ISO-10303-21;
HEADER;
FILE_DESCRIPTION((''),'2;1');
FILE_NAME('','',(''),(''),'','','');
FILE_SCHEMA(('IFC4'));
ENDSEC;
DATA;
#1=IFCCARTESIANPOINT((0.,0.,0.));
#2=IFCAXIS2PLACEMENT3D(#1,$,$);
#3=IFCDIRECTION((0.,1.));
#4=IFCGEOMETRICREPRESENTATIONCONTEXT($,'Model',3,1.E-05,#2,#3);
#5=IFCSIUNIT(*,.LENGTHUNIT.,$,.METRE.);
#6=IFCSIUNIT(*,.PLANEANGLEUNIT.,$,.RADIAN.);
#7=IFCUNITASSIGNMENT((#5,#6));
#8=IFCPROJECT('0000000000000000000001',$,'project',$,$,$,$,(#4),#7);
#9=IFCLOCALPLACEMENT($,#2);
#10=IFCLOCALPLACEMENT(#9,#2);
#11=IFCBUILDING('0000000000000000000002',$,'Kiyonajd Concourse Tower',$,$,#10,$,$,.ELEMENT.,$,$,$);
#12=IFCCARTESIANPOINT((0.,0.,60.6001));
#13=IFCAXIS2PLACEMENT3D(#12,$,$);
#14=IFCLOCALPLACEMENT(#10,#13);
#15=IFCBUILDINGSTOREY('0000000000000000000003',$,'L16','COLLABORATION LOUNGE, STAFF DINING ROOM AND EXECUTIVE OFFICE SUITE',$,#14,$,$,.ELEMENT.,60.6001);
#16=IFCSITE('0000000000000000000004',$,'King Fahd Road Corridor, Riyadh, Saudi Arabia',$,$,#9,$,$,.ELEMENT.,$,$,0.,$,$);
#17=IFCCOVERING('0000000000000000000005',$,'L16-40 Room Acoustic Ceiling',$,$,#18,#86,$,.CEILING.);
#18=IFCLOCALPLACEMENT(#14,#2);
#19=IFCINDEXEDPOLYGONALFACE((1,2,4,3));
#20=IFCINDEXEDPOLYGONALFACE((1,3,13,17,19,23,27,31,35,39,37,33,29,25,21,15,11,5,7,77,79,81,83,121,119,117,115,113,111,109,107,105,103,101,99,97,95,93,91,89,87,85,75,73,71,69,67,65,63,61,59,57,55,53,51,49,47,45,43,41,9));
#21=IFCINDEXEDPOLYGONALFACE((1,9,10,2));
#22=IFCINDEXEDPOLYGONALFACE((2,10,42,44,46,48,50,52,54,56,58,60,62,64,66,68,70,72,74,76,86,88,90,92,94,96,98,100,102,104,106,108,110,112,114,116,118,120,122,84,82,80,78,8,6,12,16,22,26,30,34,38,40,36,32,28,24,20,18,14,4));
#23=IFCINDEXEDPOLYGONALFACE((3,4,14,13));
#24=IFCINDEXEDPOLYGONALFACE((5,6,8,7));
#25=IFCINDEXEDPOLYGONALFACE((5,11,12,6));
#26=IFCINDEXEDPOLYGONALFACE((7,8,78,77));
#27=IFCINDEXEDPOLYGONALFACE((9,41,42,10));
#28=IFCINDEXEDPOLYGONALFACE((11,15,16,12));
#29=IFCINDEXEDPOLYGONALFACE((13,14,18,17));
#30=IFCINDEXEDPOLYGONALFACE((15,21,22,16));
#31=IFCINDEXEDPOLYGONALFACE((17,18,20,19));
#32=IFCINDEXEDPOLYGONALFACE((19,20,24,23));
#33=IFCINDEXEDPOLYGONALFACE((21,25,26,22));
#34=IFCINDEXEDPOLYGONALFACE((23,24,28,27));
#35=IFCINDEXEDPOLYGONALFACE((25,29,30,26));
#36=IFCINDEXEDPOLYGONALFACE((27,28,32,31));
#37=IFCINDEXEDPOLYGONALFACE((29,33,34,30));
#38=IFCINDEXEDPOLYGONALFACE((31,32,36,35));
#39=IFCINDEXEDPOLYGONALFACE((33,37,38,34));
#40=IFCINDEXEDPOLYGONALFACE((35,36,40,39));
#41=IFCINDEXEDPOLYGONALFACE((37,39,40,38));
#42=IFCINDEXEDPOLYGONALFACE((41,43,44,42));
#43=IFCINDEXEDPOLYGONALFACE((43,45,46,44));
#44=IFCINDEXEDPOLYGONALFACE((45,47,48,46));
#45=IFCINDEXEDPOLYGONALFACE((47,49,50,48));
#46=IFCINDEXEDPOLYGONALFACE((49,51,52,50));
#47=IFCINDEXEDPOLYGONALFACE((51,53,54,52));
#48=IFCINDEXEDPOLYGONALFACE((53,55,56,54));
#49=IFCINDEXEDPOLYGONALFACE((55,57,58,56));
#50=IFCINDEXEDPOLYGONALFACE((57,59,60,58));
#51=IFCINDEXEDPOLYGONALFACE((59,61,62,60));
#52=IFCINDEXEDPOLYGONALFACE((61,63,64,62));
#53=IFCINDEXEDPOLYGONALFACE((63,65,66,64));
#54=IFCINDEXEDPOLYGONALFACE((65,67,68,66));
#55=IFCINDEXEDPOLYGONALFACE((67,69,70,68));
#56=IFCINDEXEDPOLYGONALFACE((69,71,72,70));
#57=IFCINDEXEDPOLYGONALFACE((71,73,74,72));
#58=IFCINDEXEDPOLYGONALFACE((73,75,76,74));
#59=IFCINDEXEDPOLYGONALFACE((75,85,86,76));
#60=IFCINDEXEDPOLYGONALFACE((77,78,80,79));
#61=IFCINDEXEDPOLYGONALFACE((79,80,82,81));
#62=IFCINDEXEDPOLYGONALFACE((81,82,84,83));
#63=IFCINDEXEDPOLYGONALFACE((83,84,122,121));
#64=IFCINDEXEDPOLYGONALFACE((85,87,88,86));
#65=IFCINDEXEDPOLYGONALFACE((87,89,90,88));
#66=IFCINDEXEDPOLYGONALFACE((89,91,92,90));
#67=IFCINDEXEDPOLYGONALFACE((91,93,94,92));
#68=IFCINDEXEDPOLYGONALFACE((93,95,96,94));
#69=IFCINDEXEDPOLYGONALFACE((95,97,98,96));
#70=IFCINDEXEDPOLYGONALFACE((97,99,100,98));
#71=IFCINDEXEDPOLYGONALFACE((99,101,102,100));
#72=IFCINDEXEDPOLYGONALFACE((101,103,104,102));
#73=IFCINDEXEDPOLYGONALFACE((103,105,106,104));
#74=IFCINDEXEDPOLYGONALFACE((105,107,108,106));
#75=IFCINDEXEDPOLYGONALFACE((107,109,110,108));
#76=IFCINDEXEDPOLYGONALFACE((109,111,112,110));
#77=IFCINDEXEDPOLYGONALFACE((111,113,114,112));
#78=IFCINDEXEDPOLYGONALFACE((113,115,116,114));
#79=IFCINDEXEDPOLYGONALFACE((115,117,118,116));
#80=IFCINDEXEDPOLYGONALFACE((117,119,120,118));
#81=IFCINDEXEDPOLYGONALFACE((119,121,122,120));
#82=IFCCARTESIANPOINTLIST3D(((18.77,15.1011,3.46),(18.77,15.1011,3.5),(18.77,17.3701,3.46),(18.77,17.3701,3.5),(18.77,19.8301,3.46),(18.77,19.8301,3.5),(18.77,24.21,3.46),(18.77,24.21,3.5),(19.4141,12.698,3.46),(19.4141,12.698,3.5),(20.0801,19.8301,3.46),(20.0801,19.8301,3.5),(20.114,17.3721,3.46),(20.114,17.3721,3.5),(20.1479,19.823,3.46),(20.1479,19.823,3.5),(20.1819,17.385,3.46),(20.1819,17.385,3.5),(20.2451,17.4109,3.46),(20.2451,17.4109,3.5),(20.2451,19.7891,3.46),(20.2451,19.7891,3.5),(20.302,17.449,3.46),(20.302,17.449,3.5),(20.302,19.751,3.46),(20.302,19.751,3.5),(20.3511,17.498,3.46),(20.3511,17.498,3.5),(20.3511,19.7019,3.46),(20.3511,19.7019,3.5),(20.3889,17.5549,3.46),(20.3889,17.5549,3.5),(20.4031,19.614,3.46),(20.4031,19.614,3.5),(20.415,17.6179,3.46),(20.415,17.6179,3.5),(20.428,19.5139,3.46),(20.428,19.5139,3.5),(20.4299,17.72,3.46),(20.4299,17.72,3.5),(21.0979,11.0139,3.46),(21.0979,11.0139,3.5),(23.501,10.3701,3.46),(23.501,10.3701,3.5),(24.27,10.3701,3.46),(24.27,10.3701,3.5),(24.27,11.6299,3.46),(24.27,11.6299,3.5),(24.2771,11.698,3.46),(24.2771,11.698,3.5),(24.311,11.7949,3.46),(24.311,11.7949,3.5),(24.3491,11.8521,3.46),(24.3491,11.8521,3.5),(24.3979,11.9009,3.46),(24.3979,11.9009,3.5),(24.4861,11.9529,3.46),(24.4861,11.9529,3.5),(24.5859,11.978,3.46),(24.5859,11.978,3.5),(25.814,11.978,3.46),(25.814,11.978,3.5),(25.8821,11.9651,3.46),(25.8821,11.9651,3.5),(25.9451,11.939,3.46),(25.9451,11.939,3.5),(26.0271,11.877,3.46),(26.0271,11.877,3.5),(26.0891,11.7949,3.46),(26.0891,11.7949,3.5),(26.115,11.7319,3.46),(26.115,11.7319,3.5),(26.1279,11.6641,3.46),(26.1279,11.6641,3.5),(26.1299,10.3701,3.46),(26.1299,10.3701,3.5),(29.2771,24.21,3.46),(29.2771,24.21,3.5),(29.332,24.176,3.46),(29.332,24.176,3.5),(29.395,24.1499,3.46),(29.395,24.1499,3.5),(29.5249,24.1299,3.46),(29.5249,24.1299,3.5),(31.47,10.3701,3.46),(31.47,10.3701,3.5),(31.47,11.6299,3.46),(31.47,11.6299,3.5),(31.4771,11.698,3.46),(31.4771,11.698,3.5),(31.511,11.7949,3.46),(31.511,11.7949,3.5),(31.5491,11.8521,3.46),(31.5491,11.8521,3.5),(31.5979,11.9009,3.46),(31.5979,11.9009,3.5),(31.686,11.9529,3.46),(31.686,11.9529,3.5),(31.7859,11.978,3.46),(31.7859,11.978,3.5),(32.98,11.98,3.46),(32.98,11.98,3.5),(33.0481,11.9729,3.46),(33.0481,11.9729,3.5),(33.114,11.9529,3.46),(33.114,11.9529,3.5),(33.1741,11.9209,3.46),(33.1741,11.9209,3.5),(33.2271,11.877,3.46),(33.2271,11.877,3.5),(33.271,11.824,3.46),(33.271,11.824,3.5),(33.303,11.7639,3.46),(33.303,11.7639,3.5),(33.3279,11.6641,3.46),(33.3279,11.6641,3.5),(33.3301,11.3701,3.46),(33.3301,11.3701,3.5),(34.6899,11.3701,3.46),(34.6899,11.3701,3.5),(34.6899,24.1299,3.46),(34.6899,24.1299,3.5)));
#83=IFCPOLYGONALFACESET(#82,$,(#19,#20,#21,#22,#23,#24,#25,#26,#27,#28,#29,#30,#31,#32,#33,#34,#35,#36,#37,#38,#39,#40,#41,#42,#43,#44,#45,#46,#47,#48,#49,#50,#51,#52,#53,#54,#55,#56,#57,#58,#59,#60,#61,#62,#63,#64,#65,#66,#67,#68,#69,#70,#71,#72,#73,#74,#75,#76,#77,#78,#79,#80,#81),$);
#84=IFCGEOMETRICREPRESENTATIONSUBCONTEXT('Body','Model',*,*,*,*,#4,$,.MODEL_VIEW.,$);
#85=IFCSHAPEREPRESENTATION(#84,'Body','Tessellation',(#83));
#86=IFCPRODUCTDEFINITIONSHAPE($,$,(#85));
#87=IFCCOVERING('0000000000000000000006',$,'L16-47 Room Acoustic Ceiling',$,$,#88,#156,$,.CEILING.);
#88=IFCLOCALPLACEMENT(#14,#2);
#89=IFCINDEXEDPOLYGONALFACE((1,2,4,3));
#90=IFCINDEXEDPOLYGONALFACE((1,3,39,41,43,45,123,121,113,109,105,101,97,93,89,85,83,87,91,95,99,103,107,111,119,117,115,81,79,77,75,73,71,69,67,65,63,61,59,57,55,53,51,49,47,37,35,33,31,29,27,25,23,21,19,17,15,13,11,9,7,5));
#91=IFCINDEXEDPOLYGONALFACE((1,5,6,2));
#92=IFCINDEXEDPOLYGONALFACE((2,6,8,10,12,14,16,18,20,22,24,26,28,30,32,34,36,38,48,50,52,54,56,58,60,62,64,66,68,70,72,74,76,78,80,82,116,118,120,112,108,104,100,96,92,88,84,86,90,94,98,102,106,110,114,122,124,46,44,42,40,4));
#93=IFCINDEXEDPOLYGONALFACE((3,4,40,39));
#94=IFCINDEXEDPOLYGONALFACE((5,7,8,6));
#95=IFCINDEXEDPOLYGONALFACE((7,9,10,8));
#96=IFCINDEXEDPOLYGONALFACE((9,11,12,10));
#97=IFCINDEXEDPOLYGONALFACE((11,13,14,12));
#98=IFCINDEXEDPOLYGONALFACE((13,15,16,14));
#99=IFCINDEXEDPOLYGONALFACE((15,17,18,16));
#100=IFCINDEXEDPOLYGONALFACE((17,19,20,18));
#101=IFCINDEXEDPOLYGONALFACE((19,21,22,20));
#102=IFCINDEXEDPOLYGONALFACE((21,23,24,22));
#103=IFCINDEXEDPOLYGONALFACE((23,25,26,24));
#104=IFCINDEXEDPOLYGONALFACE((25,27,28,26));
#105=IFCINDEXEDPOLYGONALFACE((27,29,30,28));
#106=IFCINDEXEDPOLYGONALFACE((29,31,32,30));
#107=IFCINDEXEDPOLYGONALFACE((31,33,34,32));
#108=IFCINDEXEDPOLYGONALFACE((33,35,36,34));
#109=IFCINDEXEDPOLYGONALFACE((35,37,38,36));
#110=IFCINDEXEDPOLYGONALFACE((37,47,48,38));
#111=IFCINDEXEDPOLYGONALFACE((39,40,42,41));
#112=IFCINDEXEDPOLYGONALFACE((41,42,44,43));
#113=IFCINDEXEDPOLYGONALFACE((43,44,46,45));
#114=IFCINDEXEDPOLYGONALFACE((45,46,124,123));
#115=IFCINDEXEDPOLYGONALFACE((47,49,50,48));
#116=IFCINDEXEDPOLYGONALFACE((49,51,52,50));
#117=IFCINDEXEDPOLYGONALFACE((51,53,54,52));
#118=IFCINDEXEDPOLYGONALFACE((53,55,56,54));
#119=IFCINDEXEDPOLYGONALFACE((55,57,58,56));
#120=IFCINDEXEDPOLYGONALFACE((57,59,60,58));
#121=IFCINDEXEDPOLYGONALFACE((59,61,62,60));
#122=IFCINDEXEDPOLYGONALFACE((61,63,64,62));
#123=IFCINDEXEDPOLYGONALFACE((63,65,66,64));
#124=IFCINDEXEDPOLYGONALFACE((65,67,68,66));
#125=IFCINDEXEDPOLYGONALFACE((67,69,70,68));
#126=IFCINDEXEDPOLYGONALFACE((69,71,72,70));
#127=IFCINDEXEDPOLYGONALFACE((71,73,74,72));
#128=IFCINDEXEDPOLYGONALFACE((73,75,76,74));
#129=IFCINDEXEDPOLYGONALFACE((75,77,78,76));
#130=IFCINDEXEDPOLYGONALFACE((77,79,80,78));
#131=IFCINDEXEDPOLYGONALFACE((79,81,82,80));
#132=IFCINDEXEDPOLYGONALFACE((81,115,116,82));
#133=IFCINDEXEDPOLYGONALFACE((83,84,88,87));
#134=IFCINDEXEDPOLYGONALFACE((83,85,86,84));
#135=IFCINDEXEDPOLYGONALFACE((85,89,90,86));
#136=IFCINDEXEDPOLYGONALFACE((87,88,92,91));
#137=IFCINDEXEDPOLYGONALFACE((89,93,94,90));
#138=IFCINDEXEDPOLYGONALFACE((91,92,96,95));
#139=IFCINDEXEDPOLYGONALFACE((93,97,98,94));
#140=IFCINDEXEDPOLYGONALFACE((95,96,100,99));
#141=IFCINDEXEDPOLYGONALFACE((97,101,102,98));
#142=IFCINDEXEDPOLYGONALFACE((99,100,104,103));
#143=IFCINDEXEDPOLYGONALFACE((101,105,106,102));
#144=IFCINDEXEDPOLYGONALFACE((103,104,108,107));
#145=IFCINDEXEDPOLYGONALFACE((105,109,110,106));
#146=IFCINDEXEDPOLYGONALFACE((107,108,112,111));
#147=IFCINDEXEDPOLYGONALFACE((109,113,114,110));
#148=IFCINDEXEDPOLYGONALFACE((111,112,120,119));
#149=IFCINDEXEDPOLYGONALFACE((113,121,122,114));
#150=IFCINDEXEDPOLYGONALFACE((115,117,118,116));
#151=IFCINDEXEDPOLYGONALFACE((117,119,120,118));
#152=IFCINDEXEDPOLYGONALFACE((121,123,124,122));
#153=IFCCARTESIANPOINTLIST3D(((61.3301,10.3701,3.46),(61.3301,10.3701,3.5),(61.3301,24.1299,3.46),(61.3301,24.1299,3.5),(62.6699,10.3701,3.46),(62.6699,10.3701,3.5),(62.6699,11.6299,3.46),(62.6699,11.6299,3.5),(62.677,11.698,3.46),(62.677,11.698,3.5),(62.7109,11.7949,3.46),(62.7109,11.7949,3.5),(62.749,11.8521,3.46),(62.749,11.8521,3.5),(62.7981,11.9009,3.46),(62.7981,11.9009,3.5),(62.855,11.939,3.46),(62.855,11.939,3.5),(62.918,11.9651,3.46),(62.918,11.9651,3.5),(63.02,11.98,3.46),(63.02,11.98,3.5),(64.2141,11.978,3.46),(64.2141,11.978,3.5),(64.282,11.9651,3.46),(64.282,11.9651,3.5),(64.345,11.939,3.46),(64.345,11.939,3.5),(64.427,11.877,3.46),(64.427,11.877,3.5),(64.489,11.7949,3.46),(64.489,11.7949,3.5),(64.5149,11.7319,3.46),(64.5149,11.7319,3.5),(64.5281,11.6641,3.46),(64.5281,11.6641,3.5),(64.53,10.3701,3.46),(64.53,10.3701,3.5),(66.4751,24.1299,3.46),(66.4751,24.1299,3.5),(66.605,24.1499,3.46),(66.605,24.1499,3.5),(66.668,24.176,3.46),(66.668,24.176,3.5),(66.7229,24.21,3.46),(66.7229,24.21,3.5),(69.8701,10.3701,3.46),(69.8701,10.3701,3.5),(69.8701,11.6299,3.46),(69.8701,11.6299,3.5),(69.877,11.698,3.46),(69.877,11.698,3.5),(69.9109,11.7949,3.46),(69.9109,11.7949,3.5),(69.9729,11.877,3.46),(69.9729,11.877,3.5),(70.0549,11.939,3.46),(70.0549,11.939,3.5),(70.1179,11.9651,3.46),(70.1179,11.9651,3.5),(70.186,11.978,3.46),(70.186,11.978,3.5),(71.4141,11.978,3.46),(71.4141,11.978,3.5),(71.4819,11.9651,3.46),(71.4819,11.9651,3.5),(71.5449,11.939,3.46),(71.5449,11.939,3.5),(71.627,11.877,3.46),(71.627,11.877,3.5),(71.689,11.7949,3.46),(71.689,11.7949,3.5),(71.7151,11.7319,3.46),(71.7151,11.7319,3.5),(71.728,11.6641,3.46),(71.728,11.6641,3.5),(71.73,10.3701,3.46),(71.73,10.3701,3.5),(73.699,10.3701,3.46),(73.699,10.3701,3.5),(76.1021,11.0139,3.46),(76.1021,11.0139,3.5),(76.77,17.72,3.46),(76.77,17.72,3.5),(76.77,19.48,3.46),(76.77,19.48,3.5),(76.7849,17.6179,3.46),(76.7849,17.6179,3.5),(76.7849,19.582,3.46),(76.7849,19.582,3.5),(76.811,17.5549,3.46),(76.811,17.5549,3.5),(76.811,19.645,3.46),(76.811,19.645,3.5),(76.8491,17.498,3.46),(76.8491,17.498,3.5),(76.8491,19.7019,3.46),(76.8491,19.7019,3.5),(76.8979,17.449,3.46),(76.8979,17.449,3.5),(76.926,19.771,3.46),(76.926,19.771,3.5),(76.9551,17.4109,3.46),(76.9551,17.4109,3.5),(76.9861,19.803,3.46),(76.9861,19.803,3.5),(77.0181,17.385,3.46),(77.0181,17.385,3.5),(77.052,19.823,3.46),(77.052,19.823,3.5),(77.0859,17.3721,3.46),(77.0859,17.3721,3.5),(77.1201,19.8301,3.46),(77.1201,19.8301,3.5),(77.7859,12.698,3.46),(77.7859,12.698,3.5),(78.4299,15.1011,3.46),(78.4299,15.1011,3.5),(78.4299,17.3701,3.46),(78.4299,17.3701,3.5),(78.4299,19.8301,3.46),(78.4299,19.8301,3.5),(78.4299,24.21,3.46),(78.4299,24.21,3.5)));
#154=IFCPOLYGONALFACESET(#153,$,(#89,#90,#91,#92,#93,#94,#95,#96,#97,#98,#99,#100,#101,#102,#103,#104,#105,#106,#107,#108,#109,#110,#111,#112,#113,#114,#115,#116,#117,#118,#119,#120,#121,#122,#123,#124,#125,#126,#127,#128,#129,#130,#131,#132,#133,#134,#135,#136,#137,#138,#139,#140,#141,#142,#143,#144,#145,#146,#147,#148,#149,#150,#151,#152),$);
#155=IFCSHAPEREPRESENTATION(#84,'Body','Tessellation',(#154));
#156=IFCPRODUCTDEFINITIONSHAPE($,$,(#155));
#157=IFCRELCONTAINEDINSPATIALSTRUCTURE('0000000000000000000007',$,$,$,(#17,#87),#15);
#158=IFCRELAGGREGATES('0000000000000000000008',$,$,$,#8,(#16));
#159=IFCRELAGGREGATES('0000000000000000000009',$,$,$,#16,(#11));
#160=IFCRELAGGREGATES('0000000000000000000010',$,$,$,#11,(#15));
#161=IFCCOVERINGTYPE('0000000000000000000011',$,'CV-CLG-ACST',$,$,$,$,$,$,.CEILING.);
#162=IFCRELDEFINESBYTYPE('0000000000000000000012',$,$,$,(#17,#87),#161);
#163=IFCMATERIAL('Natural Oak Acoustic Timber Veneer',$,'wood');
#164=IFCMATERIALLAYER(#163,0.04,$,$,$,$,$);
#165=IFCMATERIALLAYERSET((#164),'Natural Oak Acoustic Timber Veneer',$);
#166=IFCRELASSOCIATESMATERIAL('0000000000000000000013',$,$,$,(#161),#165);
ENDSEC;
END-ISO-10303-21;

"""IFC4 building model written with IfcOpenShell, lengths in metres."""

from ifc_helpers import new_model, si_unit, direction, frame, origin, place, context, subcontext, project, spatial, polyline, outline, extrude, material, layer, layer_set, type_object, element, save


model = new_model("IFC4")

# Units and contexts
model_context = context("Model", 3, precision=1e-05, world=origin(), true_north=direction((0.0, 1.0)))
body_context = subcontext(model_context, "Body", "Model", "MODEL_VIEW")
ifc_project = project(units=[si_unit("LENGTHUNIT", "METRE"), si_unit("PLANEANGLEUNIT", "RADIAN")], contexts=[model_context])

# Site, building, storey
site_placement = place(None, origin())
site = spatial("IfcSite", under=ifc_project, at=site_placement, Name="King Fahd Road Corridor, Riyadh, Saudi Arabia", CompositionType="ELEMENT", RefElevation=0.0)
building_placement = place(site_placement, origin())
building = spatial("IfcBuilding", under=site, at=building_placement, Name="Kiyonajd Concourse Tower", CompositionType="ELEMENT")
storey_placement = place(building_placement, frame((0.0, 0.0, 60.6001)))
storey = spatial("IfcBuildingStorey", under=building, at=storey_placement, Name="L16", Description="COLLABORATION LOUNGE, STAFF DINING ROOM AND EXECUTIVE OFFICE SUITE", CompositionType="ELEMENT", Elevation=60.6001)

# Coverings
ifc_material_1 = material(Name="Natural Oak Acoustic Timber Veneer", Category="wood")
ifc_layer_1 = layer(ifc_material_1, 0.04)
ifc_layer_set_1 = layer_set([ifc_layer_1], Name="Natural Oak Acoustic Timber Veneer")
covering_type = type_object("IfcCoveringType", Name="CV-CLG-ACST", PredefinedType="CEILING", material=ifc_layer_set_1)
covering_1_placement = place(storey_placement, frame((0.0, 0.0, 3.46)))
element("IfcCovering", 1, at=covering_1_placement, inside=storey, type_object=covering_type, Name="L16-40 Room Acoustic Ceiling", PredefinedType="CEILING", context=body_context, shape_type="SweptSolid", body=[
    extrude(outline(polyline([(19.4141, 12.698), (18.77, 15.1011), (18.77, 17.3701), (20.114, 17.3721), (20.1819, 17.385), (20.2451, 17.4109), (20.302, 17.449), (20.3511, 17.498), (20.3889, 17.5549), (20.415, 17.6179), (20.4299, 17.72), (20.428, 19.5139), (20.4031, 19.614), (20.3511, 19.7019), (20.302, 19.751), (20.2451, 19.7891), (20.1479, 19.823), (20.0801, 19.8301), (18.77, 19.8301), (18.77, 24.21), (29.2771, 24.21), (29.332, 24.176), (29.395, 24.1499), (29.5249, 24.1299), (34.6899, 24.1299), (34.6899, 11.3701), (33.3301, 11.3701), (33.3279, 11.6641), (33.303, 11.7639), (33.271, 11.824), (33.2271, 11.877), (33.1741, 11.9209), (33.114, 11.9529), (33.0481, 11.9729), (32.98, 11.98), (31.7859, 11.978), (31.686, 11.9529), (31.5979, 11.9009), (31.5491, 11.8521), (31.511, 11.7949), (31.4771, 11.698), (31.47, 11.6299), (31.47, 10.3701), (26.1299, 10.3701), (26.1279, 11.6641), (26.115, 11.7319), (26.0891, 11.7949), (26.0271, 11.877), (25.9451, 11.939), (25.8821, 11.9651), (25.814, 11.978), (24.5859, 11.978), (24.4861, 11.9529), (24.3979, 11.9009), (24.3491, 11.8521), (24.311, 11.7949), (24.2771, 11.698), (24.27, 11.6299), (24.27, 10.3701), (23.501, 10.3701), (21.0979, 11.0139), (19.4141, 12.698)])), origin(), (0.0, 0.0, 1.0), 0.04),
])
covering_2_placement = place(storey_placement, frame((0.0, 0.0, 3.46)))
element("IfcCovering", 2, at=covering_2_placement, inside=storey, type_object=covering_type, Name="L16-47 Room Acoustic Ceiling", PredefinedType="CEILING", context=body_context, shape_type="SweptSolid", body=[
    extrude(outline(polyline([(66.7229, 24.21), (78.4299, 24.21), (78.4299, 19.8301), (77.1201, 19.8301), (77.052, 19.823), (76.9861, 19.803), (76.926, 19.771), (76.8491, 19.7019), (76.811, 19.645), (76.7849, 19.582), (76.77, 19.48), (76.77, 17.72), (76.7849, 17.6179), (76.811, 17.5549), (76.8491, 17.498), (76.8979, 17.449), (76.9551, 17.4109), (77.0181, 17.385), (77.0859, 17.3721), (78.4299, 17.3701), (78.4299, 15.1011), (77.7859, 12.698), (76.1021, 11.0139), (73.699, 10.3701), (71.73, 10.3701), (71.728, 11.6641), (71.7151, 11.7319), (71.689, 11.7949), (71.627, 11.877), (71.5449, 11.939), (71.4819, 11.9651), (71.4141, 11.978), (70.186, 11.978), (70.1179, 11.9651), (70.0549, 11.939), (69.9729, 11.877), (69.9109, 11.7949), (69.877, 11.698), (69.8701, 11.6299), (69.8701, 10.3701), (64.53, 10.3701), (64.5281, 11.6641), (64.5149, 11.7319), (64.489, 11.7949), (64.427, 11.877), (64.345, 11.939), (64.282, 11.9651), (64.2141, 11.978), (63.02, 11.98), (62.918, 11.9651), (62.855, 11.939), (62.7981, 11.9009), (62.749, 11.8521), (62.7109, 11.7949), (62.677, 11.698), (62.6699, 11.6299), (62.6699, 10.3701), (61.3301, 10.3701), (61.3301, 24.1299), (66.4751, 24.1299), (66.605, 24.1499), (66.668, 24.176), (66.7229, 24.21)])), origin(), (0.0, 0.0, 1.0), 0.04),
])

save(model, "model.ifc")
